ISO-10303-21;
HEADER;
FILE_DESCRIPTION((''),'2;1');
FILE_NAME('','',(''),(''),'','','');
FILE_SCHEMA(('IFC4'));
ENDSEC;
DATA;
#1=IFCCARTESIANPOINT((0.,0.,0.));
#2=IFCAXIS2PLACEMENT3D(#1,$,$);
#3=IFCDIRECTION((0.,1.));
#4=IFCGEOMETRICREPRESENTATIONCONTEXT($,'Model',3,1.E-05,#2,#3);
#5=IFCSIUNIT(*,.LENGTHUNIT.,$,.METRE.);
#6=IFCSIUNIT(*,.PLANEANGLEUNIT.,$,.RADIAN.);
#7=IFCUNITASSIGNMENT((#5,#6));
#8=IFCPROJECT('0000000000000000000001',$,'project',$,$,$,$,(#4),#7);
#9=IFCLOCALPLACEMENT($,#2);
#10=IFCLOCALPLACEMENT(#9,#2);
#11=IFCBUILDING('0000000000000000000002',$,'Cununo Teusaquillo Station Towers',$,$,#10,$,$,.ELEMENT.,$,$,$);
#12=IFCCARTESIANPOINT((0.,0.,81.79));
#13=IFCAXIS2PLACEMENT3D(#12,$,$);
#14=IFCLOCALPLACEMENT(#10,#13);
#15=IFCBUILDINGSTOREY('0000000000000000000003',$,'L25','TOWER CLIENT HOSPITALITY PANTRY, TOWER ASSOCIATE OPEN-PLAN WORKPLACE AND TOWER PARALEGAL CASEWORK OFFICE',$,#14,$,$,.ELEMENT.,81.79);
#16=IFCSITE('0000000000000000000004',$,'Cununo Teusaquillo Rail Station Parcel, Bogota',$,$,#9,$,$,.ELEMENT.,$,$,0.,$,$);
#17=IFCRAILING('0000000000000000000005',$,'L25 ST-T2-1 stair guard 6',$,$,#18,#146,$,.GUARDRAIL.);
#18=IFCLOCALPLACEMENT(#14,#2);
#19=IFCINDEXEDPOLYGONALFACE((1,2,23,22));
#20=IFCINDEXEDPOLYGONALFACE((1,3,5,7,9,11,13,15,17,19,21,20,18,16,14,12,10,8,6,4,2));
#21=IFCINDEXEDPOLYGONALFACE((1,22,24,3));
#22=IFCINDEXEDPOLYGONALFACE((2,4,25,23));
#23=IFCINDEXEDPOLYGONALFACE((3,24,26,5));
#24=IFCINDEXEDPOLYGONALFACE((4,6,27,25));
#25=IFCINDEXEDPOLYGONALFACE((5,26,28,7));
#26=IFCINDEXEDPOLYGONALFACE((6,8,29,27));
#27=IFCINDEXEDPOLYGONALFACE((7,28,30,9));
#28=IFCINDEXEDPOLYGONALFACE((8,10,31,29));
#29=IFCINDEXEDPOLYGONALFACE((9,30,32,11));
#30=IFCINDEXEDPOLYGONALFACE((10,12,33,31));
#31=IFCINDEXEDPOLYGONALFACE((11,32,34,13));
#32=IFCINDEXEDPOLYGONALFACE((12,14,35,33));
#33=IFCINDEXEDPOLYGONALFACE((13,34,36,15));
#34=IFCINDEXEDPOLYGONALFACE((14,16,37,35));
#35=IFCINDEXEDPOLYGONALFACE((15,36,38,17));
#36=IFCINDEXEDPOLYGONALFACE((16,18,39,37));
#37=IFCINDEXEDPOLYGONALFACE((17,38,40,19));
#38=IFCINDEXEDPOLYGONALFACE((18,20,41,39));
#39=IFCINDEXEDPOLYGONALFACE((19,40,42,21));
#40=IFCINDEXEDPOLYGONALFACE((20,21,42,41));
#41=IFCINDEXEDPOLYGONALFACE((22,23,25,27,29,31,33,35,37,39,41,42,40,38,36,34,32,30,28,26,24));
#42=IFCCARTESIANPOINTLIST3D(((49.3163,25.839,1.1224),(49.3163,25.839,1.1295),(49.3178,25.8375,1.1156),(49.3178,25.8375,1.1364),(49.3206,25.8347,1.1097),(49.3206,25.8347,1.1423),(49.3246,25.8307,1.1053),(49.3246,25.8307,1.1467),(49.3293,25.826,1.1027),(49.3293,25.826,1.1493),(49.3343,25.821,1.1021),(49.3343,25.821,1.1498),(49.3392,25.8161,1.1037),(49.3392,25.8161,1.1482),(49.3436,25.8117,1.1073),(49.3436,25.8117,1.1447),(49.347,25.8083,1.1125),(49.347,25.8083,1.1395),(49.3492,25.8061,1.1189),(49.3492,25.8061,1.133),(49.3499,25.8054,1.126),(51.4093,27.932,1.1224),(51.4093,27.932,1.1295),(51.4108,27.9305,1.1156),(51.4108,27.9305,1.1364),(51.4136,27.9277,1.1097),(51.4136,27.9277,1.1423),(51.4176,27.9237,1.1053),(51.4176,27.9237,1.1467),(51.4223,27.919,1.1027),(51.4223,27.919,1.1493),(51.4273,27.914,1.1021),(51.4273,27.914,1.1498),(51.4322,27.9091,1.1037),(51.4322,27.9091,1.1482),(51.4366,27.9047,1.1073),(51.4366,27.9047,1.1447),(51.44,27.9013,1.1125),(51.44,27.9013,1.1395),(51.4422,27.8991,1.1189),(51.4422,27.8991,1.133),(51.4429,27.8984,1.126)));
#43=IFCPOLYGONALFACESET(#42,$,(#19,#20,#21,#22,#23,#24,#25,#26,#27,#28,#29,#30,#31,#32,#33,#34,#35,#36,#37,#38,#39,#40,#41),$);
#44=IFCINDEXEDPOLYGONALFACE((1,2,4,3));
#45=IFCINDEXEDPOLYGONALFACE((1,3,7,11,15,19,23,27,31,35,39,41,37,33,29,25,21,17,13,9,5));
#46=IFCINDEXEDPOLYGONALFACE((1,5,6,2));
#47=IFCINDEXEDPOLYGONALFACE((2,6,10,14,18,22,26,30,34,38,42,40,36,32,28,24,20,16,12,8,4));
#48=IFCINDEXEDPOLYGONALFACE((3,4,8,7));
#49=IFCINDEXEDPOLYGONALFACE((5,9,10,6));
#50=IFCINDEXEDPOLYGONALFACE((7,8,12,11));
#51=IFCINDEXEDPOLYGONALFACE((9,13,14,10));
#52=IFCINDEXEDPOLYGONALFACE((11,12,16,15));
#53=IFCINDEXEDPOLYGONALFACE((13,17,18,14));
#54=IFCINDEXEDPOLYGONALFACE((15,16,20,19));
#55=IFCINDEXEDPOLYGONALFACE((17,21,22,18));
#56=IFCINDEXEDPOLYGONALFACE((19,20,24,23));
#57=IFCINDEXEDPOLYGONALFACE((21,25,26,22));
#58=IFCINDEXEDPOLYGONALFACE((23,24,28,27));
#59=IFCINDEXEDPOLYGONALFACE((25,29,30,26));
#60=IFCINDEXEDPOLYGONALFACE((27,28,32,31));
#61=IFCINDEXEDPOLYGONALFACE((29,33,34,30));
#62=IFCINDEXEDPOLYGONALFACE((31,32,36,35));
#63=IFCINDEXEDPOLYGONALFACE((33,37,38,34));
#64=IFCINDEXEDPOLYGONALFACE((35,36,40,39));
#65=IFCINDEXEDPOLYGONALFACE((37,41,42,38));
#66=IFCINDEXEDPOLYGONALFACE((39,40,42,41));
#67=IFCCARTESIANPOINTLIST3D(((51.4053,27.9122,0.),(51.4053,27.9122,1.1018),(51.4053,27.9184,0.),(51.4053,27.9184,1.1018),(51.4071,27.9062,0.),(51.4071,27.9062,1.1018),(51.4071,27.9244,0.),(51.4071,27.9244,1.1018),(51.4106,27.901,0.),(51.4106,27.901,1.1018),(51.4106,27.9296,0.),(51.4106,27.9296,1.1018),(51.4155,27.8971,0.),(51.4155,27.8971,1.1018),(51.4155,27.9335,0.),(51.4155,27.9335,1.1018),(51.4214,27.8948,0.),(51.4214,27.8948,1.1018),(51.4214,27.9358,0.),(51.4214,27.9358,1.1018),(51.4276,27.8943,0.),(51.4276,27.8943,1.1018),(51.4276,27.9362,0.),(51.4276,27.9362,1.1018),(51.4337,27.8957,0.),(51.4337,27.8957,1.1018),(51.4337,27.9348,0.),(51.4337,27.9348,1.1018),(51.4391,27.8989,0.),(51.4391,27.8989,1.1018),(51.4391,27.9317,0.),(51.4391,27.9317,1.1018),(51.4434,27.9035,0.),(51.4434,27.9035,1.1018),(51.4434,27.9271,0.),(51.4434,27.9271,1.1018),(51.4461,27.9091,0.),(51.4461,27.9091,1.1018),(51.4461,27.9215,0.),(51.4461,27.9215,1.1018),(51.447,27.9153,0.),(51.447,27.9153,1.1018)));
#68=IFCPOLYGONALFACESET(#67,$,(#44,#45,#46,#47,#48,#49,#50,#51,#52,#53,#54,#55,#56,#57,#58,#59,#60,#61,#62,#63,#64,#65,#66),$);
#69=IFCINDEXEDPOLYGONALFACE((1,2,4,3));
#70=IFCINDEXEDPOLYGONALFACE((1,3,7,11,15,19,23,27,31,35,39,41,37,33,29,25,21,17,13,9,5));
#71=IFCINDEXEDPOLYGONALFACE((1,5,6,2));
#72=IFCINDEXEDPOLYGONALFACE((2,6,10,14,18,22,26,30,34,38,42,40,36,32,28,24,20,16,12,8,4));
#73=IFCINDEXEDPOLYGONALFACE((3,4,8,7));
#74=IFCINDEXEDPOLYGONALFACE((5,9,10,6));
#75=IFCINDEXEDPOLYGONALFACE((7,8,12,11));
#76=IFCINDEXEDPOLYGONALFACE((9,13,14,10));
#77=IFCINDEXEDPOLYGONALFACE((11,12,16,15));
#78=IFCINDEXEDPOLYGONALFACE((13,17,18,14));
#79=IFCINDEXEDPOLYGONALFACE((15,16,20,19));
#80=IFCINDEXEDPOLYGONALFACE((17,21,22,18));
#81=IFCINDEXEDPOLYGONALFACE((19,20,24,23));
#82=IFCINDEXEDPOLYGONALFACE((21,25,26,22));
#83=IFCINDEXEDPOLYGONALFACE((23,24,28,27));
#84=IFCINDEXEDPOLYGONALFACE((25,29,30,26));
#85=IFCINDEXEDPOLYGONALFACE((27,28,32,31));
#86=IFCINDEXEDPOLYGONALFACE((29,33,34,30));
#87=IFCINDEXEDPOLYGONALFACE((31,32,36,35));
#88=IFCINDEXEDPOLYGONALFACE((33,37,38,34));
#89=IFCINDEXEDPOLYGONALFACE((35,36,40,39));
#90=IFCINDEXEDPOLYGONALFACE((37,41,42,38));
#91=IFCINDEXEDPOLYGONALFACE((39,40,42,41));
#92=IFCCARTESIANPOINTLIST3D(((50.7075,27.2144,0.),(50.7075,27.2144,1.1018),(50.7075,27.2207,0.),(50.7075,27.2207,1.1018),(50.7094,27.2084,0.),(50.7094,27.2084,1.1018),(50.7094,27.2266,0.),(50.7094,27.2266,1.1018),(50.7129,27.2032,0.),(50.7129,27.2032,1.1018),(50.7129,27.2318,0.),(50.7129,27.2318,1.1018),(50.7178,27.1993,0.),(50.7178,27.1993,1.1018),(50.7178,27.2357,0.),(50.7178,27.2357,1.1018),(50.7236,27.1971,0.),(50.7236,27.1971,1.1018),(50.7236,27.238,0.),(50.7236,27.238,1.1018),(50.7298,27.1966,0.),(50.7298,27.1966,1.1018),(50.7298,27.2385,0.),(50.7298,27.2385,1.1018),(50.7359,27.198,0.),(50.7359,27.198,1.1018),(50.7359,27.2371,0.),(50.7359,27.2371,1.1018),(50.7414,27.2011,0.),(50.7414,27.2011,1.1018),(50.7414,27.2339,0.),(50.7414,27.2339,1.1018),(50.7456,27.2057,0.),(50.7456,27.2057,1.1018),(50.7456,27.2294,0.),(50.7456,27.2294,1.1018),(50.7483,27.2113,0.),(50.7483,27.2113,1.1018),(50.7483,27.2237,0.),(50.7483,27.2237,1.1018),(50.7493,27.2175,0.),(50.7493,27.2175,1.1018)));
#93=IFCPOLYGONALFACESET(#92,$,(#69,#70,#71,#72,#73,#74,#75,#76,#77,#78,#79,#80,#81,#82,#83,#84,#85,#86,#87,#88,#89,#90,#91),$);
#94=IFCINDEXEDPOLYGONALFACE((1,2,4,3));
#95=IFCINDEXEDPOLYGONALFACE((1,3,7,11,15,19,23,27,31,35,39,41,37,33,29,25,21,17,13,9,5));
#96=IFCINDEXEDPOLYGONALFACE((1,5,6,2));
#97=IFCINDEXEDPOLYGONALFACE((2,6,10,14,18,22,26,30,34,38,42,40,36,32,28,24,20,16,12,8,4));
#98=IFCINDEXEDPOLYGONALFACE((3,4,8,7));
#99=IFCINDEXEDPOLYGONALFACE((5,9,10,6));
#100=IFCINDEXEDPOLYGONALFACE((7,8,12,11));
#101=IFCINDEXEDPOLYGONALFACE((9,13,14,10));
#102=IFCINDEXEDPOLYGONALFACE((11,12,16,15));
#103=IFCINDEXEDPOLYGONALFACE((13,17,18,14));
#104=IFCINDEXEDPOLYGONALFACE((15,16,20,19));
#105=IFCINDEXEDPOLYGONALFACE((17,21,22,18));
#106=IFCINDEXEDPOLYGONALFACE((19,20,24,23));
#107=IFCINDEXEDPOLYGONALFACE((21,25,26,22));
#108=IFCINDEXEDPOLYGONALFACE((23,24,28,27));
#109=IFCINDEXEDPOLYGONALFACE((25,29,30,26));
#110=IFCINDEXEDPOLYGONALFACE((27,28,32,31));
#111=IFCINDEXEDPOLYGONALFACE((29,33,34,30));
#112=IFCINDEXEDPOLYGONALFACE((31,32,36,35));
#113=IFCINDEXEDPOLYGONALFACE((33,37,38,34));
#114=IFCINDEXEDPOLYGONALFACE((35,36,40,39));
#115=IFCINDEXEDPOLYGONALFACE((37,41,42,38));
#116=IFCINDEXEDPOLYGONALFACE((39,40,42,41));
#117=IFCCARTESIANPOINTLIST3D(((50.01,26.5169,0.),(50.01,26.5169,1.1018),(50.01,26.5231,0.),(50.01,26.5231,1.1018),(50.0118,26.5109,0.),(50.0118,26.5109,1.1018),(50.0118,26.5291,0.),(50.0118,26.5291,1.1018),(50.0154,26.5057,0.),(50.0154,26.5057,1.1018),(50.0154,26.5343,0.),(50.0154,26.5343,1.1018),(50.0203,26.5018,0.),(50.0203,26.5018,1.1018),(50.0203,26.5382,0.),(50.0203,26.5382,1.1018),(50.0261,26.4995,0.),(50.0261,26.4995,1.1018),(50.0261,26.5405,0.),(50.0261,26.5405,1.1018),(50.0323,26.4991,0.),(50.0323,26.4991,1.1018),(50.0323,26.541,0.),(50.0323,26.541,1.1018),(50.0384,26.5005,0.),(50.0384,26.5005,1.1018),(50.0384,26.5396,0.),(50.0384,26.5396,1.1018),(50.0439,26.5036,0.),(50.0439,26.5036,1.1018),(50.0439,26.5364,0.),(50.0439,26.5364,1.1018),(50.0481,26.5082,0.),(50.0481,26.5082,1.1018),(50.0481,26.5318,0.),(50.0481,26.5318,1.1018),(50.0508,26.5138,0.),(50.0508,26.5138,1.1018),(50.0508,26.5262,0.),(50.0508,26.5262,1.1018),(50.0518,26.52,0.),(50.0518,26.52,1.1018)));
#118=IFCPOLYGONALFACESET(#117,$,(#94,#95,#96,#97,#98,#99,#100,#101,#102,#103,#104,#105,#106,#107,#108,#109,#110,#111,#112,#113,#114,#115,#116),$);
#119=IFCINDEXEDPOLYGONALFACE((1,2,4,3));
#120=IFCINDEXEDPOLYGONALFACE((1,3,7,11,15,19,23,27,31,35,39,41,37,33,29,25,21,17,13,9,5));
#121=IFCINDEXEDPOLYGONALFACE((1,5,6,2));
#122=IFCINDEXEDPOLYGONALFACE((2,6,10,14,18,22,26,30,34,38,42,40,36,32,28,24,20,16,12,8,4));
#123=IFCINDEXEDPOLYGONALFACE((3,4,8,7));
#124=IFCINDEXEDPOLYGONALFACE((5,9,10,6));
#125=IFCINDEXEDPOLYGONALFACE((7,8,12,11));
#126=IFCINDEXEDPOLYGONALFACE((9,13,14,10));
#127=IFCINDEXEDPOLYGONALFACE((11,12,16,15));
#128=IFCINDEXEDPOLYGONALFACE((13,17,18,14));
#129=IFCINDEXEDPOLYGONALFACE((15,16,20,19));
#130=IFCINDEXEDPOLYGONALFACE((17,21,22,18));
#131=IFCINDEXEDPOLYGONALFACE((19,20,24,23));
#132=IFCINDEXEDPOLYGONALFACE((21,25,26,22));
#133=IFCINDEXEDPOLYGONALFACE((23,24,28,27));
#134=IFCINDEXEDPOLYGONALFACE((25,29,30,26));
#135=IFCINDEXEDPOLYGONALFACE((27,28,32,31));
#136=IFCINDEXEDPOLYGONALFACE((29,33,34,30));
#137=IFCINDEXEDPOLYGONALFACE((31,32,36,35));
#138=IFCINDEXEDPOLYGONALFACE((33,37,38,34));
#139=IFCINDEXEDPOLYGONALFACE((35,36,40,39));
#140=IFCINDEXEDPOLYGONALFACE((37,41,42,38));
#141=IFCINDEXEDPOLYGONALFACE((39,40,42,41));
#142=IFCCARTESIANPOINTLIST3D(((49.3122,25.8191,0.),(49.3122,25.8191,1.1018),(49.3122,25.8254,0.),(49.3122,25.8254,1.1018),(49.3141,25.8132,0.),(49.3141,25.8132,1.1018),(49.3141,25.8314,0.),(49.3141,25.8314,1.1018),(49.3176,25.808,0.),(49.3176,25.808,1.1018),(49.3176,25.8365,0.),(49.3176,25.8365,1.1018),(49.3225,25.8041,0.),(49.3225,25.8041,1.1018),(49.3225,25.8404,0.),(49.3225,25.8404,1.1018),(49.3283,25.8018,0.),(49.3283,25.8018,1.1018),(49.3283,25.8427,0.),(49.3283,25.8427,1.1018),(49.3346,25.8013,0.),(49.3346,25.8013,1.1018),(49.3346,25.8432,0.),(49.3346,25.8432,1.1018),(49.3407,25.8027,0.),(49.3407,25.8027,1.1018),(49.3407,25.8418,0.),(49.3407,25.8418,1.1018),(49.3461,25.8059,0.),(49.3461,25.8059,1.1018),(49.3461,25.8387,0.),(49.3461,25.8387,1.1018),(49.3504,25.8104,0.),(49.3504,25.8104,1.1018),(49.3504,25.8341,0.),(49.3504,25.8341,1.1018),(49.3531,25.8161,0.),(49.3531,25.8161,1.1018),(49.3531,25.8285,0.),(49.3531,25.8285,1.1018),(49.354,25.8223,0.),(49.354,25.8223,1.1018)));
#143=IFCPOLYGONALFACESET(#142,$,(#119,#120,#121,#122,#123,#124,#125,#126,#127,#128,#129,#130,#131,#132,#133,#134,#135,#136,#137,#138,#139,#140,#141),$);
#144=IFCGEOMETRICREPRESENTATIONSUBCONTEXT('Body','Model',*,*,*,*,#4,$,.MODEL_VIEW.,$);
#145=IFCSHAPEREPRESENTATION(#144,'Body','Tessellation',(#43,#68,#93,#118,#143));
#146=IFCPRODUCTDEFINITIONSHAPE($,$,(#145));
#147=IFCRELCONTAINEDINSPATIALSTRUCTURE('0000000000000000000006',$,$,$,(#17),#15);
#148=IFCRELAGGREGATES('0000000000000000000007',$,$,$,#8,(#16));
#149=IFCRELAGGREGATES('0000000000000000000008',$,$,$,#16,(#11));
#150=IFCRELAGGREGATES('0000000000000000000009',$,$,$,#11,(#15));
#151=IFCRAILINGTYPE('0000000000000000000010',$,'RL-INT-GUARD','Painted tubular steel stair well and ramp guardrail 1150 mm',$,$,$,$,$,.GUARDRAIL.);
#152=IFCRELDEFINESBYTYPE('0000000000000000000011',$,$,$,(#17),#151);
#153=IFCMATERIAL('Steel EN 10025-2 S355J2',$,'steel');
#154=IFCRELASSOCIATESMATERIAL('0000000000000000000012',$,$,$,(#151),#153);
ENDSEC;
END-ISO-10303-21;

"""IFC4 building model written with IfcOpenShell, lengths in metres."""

from ifc_helpers import new_model, si_unit, direction, frame, origin, origin_2d, place, context, subcontext, project, spatial, circle, extrude, material, type_object, element, save


model = new_model("IFC4")

# Units and contexts
model_context = context("Model", 3, precision=1e-05, world=origin(), true_north=direction((0.0, 1.0)))
body_context = subcontext(model_context, "Body", "Model", "MODEL_VIEW")
ifc_project = project(units=[si_unit("LENGTHUNIT", "METRE"), si_unit("PLANEANGLEUNIT", "RADIAN")], contexts=[model_context])

# Site, building, storey
site_placement = place(None, origin())
site = spatial("IfcSite", under=ifc_project, at=site_placement, Name="Cununo Teusaquillo Rail Station Parcel, Bogota", CompositionType="ELEMENT", RefElevation=0.0)
building_placement = place(site_placement, origin())
building = spatial("IfcBuilding", under=site, at=building_placement, Name="Cununo Teusaquillo Station Towers", CompositionType="ELEMENT")
storey_placement = place(building_placement, frame((0.0, 0.0, 81.79)))
storey = spatial("IfcBuildingStorey", under=building, at=storey_placement, Name="L25", Description="TOWER CLIENT HOSPITALITY PANTRY, TOWER ASSOCIATE OPEN-PLAN WORKPLACE AND TOWER PARALEGAL CASEWORK OFFICE", CompositionType="ELEMENT", Elevation=81.79)

# Railing
ifc_material_1 = material(Name="Steel EN 10025-2 S355J2", Category="steel")
railing_type = type_object("IfcRailingType", Name="RL-INT-GUARD", Description="Painted tubular steel stair well and ramp guardrail 1150 mm", PredefinedType="GUARDRAIL", material=ifc_material_1)
railing_placement = place(storey_placement, frame((51.426, 27.9153, 0.0)))
element("IfcRailing", 1, at=railing_placement, inside=storey, type_object=railing_type, Name="L25 ST-T2-1 stair guard 6", PredefinedType="GUARDRAIL", context=body_context, shape_type="SweptSolid", body=[
    extrude(circle(Radius=0.0239, at=origin_2d()), frame((0.0, 0.0, 1.126), z_axis=(-0.707107, -0.707107, 0.0), x_axis=(0.707107, -0.707107, 0.0)), (0.0, 0.0, 1.0), 2.96),
    extrude(circle(Radius=0.021, at=origin_2d()), origin(), (0.0, 0.0, 1.0), 1.1018),
    extrude(circle(Radius=0.021, at=origin_2d()), frame((-0.6978, -0.6978, 0.0)), (0.0, 0.0, 1.0), 1.1018),
    extrude(circle(Radius=0.021, at=origin_2d()), frame((-1.3953, -1.3953, 0.0)), (0.0, 0.0, 1.0), 1.1018),
    extrude(circle(Radius=0.021, at=origin_2d()), frame((-2.093, -2.093, 0.0)), (0.0, 0.0, 1.0), 1.1018),
])

save(model, "model.ifc")
